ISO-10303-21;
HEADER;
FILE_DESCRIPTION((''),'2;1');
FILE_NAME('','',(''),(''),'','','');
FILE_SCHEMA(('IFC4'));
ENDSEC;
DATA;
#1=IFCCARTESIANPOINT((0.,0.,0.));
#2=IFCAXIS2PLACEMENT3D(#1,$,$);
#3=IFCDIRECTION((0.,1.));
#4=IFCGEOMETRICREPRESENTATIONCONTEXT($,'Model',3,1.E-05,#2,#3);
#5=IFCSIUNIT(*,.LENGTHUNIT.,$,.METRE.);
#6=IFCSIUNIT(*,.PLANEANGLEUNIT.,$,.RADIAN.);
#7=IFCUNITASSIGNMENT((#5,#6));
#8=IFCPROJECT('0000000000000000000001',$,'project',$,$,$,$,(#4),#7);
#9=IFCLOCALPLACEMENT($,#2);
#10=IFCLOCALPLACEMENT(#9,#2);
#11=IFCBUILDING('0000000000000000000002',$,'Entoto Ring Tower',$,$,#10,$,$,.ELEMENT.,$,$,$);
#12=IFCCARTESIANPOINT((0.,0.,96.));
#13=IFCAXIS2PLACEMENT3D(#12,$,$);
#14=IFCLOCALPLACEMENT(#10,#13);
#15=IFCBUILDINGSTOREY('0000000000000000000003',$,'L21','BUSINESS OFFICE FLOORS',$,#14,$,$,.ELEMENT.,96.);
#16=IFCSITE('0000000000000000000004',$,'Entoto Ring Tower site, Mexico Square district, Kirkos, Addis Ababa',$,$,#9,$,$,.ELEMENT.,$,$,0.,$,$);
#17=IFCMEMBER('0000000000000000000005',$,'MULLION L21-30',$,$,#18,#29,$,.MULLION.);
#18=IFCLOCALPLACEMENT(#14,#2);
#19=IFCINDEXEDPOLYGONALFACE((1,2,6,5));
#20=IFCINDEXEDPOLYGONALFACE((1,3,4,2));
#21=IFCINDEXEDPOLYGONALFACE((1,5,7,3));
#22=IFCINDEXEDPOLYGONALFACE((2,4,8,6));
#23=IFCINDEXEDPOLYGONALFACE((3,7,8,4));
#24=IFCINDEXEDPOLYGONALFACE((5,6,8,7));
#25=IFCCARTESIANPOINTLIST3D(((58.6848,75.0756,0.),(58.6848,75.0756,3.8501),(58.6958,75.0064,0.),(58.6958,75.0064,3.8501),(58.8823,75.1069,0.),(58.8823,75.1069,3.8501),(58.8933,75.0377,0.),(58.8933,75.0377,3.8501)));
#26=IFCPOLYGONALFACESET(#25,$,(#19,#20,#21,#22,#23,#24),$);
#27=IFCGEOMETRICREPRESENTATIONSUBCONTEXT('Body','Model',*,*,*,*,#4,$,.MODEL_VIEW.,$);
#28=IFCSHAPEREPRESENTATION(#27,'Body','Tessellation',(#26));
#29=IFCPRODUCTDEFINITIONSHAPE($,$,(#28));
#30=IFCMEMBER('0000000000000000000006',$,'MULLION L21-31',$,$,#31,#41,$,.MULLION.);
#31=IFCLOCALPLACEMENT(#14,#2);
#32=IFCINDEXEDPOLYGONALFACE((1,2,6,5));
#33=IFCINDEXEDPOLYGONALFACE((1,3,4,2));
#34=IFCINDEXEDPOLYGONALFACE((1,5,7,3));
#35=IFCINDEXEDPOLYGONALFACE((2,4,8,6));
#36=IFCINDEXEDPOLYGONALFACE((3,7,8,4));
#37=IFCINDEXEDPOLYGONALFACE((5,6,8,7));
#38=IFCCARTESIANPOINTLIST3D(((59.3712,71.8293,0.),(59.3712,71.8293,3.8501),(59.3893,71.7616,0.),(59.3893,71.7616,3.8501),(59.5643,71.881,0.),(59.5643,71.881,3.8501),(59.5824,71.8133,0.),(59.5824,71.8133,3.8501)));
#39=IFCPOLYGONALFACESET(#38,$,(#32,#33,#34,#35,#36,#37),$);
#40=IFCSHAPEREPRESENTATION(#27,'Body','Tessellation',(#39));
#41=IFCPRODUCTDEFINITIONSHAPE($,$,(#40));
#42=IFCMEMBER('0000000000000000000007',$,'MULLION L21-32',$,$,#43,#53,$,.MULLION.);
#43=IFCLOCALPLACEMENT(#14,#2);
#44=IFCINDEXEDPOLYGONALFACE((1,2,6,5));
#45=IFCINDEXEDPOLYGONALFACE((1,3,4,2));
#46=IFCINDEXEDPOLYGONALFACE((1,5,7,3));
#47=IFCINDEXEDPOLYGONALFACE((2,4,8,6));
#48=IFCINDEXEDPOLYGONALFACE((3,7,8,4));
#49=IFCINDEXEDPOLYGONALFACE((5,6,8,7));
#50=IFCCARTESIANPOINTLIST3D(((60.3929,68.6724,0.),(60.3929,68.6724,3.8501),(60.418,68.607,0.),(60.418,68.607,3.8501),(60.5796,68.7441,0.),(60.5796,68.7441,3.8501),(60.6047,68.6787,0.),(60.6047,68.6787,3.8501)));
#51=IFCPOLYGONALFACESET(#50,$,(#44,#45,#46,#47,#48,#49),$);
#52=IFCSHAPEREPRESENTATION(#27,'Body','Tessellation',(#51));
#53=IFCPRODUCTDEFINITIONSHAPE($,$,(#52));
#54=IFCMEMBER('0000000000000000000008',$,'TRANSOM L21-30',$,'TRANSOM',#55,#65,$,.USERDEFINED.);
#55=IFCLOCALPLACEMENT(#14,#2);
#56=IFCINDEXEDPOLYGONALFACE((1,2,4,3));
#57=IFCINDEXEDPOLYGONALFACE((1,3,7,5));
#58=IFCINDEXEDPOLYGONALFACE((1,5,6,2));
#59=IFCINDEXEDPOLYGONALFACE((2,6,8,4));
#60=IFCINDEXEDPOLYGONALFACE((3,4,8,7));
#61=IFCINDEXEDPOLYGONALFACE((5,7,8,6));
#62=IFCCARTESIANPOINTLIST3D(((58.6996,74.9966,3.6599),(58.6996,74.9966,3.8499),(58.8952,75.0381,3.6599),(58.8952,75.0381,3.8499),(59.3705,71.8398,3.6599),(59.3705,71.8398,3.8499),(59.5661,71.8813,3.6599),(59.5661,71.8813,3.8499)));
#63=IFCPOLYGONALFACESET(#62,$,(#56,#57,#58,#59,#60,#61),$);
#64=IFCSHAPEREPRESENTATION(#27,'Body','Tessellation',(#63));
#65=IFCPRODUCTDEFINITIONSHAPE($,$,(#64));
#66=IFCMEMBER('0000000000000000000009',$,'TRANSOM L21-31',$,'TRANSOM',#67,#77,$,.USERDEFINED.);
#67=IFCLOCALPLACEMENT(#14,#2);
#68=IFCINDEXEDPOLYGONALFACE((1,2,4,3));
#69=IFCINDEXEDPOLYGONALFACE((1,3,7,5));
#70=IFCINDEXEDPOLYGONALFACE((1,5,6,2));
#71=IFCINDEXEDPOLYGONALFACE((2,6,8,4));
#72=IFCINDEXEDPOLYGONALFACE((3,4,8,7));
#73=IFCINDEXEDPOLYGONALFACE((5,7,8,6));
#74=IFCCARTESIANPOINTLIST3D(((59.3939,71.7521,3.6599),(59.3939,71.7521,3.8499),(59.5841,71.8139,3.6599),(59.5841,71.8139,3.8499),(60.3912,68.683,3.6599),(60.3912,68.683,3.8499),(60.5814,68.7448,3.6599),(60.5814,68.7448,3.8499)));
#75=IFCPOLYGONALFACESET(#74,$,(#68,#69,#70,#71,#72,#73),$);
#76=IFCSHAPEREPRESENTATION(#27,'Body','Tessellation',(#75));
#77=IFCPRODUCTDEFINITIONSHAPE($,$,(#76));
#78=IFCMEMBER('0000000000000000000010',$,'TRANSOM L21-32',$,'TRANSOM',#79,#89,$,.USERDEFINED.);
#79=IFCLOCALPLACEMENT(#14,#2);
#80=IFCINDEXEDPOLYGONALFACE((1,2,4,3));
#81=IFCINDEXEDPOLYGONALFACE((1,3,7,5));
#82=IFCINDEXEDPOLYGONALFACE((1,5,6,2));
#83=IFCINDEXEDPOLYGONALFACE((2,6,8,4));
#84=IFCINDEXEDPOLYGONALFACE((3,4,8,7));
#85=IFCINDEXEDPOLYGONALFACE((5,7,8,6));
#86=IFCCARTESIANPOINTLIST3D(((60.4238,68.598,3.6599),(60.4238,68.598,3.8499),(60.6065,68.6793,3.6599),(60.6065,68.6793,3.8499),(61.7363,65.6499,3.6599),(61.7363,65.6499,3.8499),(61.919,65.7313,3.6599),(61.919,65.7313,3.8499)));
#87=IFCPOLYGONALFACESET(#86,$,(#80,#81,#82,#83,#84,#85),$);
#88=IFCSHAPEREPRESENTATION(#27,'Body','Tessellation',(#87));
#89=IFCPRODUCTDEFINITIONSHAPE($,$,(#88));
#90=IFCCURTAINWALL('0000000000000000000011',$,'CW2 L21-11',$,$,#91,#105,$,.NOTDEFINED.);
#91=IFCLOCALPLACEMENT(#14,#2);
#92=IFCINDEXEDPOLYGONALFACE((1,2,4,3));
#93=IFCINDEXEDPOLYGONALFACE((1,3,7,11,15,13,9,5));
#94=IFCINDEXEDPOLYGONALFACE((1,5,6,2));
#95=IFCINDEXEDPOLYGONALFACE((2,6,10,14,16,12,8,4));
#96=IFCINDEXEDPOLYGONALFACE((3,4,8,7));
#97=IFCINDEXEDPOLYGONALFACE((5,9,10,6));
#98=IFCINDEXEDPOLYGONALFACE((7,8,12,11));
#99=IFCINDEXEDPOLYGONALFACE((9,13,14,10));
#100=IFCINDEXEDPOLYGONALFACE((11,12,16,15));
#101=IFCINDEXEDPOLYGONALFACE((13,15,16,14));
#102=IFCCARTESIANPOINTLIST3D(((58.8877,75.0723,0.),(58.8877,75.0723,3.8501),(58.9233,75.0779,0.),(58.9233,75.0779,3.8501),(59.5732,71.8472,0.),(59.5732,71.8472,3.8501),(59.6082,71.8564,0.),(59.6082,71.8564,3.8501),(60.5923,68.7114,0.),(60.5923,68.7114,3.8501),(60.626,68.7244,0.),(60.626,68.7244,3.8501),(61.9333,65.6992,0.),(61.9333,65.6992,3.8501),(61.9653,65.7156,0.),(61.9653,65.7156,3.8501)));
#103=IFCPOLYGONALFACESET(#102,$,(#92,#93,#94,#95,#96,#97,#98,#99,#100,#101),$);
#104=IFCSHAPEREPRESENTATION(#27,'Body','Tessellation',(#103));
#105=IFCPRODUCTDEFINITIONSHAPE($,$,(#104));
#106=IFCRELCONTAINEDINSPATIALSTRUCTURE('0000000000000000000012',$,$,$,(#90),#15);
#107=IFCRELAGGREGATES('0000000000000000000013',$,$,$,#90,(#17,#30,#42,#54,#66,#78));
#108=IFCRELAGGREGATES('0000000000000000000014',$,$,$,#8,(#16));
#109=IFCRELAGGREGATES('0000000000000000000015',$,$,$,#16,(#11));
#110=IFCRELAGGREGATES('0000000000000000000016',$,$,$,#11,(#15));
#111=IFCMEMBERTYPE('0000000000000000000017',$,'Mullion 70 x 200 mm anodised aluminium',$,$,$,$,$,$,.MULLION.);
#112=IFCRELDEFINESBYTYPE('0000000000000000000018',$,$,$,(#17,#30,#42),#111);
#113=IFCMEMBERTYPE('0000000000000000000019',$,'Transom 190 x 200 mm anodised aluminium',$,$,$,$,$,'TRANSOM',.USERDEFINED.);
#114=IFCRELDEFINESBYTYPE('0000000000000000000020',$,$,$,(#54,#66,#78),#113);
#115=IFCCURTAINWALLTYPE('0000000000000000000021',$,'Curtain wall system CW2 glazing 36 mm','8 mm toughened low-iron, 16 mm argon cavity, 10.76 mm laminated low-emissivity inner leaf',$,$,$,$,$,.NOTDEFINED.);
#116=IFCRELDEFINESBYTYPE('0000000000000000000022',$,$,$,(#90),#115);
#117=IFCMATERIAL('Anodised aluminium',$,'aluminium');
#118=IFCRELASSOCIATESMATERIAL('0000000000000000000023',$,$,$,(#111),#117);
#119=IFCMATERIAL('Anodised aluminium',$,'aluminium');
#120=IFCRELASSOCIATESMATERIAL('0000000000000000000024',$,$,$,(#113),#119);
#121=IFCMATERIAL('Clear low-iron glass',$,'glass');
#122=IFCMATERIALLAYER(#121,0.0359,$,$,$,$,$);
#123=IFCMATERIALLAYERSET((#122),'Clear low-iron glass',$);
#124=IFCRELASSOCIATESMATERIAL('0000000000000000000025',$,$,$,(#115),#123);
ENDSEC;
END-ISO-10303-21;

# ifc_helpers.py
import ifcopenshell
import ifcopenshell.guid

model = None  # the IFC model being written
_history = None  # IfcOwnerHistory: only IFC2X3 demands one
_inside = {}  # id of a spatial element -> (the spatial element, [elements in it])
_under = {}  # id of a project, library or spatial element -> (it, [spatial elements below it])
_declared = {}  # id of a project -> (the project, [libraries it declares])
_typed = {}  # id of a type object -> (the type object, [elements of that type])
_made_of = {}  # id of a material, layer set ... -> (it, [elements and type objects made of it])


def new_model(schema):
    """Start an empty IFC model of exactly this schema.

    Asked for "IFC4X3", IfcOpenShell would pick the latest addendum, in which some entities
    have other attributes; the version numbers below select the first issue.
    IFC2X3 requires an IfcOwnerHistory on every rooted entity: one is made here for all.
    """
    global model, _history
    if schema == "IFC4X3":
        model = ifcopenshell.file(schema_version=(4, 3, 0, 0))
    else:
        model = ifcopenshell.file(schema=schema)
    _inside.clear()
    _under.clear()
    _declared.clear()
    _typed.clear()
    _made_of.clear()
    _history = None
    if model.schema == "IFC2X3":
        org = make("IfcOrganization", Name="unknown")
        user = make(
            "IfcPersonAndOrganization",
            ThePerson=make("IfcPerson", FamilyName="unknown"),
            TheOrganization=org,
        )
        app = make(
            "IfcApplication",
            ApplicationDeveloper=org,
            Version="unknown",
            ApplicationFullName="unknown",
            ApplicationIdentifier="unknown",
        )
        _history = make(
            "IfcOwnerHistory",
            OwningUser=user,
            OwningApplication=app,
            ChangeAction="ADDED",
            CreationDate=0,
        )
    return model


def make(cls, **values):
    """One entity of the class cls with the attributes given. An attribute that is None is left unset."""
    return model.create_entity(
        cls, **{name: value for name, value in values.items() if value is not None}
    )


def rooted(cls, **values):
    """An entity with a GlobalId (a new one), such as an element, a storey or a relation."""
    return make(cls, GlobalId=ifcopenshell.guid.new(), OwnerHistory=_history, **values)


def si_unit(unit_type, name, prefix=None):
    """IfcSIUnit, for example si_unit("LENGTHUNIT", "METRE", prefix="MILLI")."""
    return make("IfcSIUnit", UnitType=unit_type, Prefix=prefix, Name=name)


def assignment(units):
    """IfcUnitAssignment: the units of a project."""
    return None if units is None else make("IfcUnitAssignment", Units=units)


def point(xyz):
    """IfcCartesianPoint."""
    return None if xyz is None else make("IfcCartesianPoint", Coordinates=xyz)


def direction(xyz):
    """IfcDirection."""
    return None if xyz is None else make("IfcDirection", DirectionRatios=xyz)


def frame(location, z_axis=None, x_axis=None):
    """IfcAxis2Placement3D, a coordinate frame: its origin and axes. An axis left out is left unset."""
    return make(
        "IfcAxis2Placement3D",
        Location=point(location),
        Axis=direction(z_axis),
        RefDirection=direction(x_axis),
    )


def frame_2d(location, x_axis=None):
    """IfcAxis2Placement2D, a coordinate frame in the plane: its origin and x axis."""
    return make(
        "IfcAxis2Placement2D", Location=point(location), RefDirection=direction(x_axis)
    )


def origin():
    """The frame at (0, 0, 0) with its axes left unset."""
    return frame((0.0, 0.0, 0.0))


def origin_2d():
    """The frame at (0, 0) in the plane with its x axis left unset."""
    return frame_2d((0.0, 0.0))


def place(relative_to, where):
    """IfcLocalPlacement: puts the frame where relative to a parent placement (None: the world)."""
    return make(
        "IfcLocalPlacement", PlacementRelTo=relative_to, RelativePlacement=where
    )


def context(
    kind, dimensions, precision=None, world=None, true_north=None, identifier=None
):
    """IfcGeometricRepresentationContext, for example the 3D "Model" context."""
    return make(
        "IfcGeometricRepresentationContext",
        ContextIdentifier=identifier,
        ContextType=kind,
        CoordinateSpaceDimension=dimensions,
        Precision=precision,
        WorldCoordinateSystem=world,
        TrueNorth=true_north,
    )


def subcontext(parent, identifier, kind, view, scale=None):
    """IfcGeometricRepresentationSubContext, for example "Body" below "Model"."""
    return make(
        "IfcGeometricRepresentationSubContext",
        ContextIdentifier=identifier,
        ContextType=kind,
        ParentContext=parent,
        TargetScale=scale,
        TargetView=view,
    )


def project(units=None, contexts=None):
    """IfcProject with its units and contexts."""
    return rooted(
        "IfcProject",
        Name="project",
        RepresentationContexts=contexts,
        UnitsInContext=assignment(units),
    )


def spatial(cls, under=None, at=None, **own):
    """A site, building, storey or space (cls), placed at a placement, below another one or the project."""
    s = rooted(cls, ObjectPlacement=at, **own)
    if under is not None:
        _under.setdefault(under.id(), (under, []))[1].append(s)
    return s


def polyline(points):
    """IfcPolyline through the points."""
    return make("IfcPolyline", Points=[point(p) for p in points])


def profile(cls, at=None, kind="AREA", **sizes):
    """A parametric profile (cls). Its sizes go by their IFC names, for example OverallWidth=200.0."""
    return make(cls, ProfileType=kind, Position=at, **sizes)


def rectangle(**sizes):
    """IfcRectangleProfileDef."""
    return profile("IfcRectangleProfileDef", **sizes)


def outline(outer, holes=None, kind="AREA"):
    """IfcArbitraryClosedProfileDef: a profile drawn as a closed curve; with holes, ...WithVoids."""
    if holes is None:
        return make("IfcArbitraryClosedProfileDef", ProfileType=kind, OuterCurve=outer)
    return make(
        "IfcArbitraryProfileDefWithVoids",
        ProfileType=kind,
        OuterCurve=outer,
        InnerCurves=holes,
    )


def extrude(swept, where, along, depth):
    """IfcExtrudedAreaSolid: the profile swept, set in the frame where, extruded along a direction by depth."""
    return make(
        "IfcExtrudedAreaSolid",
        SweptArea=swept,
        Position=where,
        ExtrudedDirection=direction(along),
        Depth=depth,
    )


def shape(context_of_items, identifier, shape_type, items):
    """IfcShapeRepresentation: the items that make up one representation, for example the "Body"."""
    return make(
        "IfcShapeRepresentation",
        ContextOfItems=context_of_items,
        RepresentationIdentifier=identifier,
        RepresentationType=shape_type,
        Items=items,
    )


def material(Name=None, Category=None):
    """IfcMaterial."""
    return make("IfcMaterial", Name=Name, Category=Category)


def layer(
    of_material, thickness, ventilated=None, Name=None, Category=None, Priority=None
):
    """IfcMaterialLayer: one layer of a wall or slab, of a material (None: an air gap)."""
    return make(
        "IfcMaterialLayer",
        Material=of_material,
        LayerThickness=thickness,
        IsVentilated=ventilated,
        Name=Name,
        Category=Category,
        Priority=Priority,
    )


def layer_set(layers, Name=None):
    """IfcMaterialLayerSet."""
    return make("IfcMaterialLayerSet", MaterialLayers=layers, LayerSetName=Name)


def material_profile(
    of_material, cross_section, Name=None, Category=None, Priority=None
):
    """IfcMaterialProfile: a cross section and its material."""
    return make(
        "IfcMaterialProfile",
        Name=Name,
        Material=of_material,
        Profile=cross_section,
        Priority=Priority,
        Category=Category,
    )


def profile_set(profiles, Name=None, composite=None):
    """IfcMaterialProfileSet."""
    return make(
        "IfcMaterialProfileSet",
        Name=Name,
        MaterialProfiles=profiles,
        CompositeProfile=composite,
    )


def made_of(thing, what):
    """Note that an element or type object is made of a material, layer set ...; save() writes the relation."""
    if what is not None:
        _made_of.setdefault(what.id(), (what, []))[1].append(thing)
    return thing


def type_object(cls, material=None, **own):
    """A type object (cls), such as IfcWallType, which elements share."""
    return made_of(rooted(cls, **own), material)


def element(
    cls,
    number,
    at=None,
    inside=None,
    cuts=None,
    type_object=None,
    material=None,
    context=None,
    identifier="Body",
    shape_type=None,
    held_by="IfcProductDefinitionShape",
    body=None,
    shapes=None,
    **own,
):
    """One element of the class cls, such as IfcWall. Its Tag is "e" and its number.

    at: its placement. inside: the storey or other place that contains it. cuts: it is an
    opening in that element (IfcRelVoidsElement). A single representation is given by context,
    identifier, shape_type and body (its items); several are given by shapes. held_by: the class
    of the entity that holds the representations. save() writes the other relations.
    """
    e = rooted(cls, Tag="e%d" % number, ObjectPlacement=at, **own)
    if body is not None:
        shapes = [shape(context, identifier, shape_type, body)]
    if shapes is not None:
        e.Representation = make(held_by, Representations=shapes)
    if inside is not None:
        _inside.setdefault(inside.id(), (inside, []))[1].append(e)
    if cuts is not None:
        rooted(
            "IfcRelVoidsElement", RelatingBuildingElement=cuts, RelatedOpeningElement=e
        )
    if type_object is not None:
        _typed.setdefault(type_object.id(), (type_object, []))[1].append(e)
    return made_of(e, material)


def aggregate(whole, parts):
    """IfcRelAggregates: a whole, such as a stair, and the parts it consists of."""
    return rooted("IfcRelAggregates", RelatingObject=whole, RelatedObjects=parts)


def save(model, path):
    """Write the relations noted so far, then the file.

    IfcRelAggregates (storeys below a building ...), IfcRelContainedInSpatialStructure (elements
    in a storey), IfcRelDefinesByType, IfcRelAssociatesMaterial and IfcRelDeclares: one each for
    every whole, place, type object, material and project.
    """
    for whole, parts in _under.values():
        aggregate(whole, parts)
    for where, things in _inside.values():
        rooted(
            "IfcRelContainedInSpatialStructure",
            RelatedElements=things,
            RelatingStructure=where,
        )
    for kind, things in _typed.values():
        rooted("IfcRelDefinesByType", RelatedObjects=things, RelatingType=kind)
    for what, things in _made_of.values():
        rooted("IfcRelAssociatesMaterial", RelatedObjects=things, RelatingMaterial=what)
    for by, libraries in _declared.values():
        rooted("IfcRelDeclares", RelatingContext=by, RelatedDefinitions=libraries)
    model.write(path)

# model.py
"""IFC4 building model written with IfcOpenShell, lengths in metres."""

from ifc_helpers import new_model, si_unit, direction, frame, origin, origin_2d, place, context, subcontext, project, spatial, polyline, rectangle, outline, extrude, material, layer, layer_set, material_profile, profile_set, type_object, element, aggregate, save


model = new_model("IFC4")

# Units and contexts
model_context = context("Model", 3, precision=1e-05, world=origin(), true_north=direction((0.0, 1.0)))
body_context = subcontext(model_context, "Body", "Model", "MODEL_VIEW")
ifc_project = project(units=[si_unit("LENGTHUNIT", "METRE"), si_unit("PLANEANGLEUNIT", "RADIAN")], contexts=[model_context])

# Members
ifc_material_1 = material(Name="Anodised aluminium", Category="aluminium")
ifc_material_profile_1 = material_profile(ifc_material_1, rectangle(XDim=0.0701, YDim=0.2, at=origin_2d()), Name="Mullion 70 x 200 mm anodised aluminium")
ifc_profile_set_1 = profile_set([ifc_material_profile_1], Name="Anodised aluminium")
member_type_1 = type_object("IfcMemberType", Name="Mullion 70 x 200 mm anodised aluminium", PredefinedType="MULLION", material=ifc_profile_set_1)
site_placement = place(None, origin())
building_placement = place(site_placement, origin())
storey_placement = place(building_placement, frame((0.0, 0.0, 96.0)))
member_1_placement = place(storey_placement, frame((58.7891, 75.0566, 0.0), z_axis=(0.0, 0.0, 1.0), x_axis=(0.156434, -0.987688, 0.0)))
member_1 = element("IfcMember", 1, at=member_1_placement, type_object=member_type_1, Name="MULLION L21-30", PredefinedType="MULLION", context=body_context, shape_type="SweptSolid", body=[
    extrude(rectangle(XDim=0.0701, YDim=0.2, at=origin_2d()), origin(), (0.0, 0.0, 1.0), 3.8501),
])
member_2_placement = place(storey_placement, frame((59.4768, 71.8213, 0.0), z_axis=(0.0, 0.0, 1.0), x_axis=(0.258819, -0.965926, 0.0)))
member_2 = element("IfcMember", 2, at=member_2_placement, type_object=member_type_1, Name="MULLION L21-31", PredefinedType="MULLION", context=body_context, shape_type="SweptSolid", body=[
    extrude(rectangle(XDim=0.0701, YDim=0.2, at=origin_2d()), origin(), (0.0, 0.0, 1.0), 3.8501),
])
member_3_placement = place(storey_placement, frame((60.4988, 68.6755, 0.0), z_axis=(0.0, 0.0, 1.0), x_axis=(0.358368, -0.93358, 0.0)))
member_3 = element("IfcMember", 3, at=member_3_placement, type_object=member_type_1, Name="MULLION L21-32", PredefinedType="MULLION", context=body_context, shape_type="SweptSolid", body=[
    extrude(rectangle(XDim=0.0701, YDim=0.2, at=origin_2d()), origin(), (0.0, 0.0, 1.0), 3.8501),
])
ifc_material_2 = material(Name="Anodised aluminium", Category="aluminium")
ifc_material_profile_2 = material_profile(ifc_material_2, rectangle(XDim=0.2, YDim=0.1899, at=origin_2d()), Name="Transom 190 x 200 mm anodised aluminium")
ifc_profile_set_2 = profile_set([ifc_material_profile_2], Name="Anodised aluminium")
member_type_2 = type_object("IfcMemberType", Name="Transom 190 x 200 mm anodised aluminium", ElementType="TRANSOM", PredefinedType="USERDEFINED", material=ifc_profile_set_2)
member_4_placement = place(storey_placement, frame((58.7974, 75.0173, 3.7549), z_axis=(0.207886, -0.978153, 0.0), x_axis=(0.978153, 0.207886, 0.0)))
member_4 = element("IfcMember", 4, at=member_4_placement, type_object=member_type_2, Name="TRANSOM L21-30", ObjectType="TRANSOM", PredefinedType="USERDEFINED", context=body_context, shape_type="SweptSolid", body=[
    extrude(rectangle(XDim=0.2, YDim=0.1899, at=origin_2d()), origin(), (0.0, 0.0, 1.0), 3.2273),
])
member_5_placement = place(storey_placement, frame((59.489, 71.783, 3.7549), z_axis=(0.309047, -0.951047, 0.0), x_axis=(0.951047, 0.309047, 0.0)))
member_5 = element("IfcMember", 5, at=member_5_placement, type_object=member_type_2, Name="TRANSOM L21-31", ObjectType="TRANSOM", PredefinedType="USERDEFINED", context=body_context, shape_type="SweptSolid", body=[
    extrude(rectangle(XDim=0.2, YDim=0.1899, at=origin_2d()), origin(), (0.0, 0.0, 1.0), 3.2271),
])
member_6_placement = place(storey_placement, frame((60.5151, 68.6387, 3.7549), z_axis=(0.406728, -0.913549, 0.0), x_axis=(0.913549, 0.406728, 0.0)))
member_6 = element("IfcMember", 6, at=member_6_placement, type_object=member_type_2, Name="TRANSOM L21-32", ObjectType="TRANSOM", PredefinedType="USERDEFINED", context=body_context, shape_type="SweptSolid", body=[
    extrude(rectangle(XDim=0.2, YDim=0.1899, at=origin_2d()), origin(), (0.0, 0.0, 1.0), 3.2271),
])

# Site, building, storey
site = spatial("IfcSite", under=ifc_project, at=site_placement, Name="Entoto Ring Tower site, Mexico Square district, Kirkos, Addis Ababa", CompositionType="ELEMENT", RefElevation=0.0)
building = spatial("IfcBuilding", under=site, at=building_placement, Name="Entoto Ring Tower", CompositionType="ELEMENT")
storey = spatial("IfcBuildingStorey", under=building, at=storey_placement, Name="L21", Description="BUSINESS OFFICE FLOORS", CompositionType="ELEMENT", Elevation=96.0)

# Curtain wall
ifc_material_3 = material(Name="Clear low-iron glass", Category="glass")
ifc_layer = layer(ifc_material_3, 0.0359)
ifc_layer_set = layer_set([ifc_layer], Name="Clear low-iron glass")
curtain_wall_type = type_object("IfcCurtainWallType", Name="Curtain wall system CW2 glazing 36 mm", Description="8 mm toughened low-iron, 16 mm argon cavity, 10.76 mm laminated low-emissivity inner leaf", PredefinedType="NOTDEFINED", material=ifc_layer_set)
curtain_wall_1_placement = place(storey_placement, origin())
curtain_wall_1 = element("IfcCurtainWall", 7, at=curtain_wall_1_placement, inside=storey, type_object=curtain_wall_type, Name="CW2 L21-11", PredefinedType="NOTDEFINED", context=body_context, shape_type="SweptSolid", body=[
    extrude(outline(polyline([(58.8877, 75.0723), (59.5732, 71.8472), (60.5923, 68.7114), (61.9333, 65.6992), (61.9653, 65.7156), (60.626, 68.7244), (59.6082, 71.8564), (58.9233, 75.0779), (58.8877, 75.0723)])), origin(), (0.0, 0.0, 1.0), 3.8501),
])
aggregate(curtain_wall_1, [member_1, member_2, member_3, member_4, member_5, member_6])

save(model, "model.ifc")
